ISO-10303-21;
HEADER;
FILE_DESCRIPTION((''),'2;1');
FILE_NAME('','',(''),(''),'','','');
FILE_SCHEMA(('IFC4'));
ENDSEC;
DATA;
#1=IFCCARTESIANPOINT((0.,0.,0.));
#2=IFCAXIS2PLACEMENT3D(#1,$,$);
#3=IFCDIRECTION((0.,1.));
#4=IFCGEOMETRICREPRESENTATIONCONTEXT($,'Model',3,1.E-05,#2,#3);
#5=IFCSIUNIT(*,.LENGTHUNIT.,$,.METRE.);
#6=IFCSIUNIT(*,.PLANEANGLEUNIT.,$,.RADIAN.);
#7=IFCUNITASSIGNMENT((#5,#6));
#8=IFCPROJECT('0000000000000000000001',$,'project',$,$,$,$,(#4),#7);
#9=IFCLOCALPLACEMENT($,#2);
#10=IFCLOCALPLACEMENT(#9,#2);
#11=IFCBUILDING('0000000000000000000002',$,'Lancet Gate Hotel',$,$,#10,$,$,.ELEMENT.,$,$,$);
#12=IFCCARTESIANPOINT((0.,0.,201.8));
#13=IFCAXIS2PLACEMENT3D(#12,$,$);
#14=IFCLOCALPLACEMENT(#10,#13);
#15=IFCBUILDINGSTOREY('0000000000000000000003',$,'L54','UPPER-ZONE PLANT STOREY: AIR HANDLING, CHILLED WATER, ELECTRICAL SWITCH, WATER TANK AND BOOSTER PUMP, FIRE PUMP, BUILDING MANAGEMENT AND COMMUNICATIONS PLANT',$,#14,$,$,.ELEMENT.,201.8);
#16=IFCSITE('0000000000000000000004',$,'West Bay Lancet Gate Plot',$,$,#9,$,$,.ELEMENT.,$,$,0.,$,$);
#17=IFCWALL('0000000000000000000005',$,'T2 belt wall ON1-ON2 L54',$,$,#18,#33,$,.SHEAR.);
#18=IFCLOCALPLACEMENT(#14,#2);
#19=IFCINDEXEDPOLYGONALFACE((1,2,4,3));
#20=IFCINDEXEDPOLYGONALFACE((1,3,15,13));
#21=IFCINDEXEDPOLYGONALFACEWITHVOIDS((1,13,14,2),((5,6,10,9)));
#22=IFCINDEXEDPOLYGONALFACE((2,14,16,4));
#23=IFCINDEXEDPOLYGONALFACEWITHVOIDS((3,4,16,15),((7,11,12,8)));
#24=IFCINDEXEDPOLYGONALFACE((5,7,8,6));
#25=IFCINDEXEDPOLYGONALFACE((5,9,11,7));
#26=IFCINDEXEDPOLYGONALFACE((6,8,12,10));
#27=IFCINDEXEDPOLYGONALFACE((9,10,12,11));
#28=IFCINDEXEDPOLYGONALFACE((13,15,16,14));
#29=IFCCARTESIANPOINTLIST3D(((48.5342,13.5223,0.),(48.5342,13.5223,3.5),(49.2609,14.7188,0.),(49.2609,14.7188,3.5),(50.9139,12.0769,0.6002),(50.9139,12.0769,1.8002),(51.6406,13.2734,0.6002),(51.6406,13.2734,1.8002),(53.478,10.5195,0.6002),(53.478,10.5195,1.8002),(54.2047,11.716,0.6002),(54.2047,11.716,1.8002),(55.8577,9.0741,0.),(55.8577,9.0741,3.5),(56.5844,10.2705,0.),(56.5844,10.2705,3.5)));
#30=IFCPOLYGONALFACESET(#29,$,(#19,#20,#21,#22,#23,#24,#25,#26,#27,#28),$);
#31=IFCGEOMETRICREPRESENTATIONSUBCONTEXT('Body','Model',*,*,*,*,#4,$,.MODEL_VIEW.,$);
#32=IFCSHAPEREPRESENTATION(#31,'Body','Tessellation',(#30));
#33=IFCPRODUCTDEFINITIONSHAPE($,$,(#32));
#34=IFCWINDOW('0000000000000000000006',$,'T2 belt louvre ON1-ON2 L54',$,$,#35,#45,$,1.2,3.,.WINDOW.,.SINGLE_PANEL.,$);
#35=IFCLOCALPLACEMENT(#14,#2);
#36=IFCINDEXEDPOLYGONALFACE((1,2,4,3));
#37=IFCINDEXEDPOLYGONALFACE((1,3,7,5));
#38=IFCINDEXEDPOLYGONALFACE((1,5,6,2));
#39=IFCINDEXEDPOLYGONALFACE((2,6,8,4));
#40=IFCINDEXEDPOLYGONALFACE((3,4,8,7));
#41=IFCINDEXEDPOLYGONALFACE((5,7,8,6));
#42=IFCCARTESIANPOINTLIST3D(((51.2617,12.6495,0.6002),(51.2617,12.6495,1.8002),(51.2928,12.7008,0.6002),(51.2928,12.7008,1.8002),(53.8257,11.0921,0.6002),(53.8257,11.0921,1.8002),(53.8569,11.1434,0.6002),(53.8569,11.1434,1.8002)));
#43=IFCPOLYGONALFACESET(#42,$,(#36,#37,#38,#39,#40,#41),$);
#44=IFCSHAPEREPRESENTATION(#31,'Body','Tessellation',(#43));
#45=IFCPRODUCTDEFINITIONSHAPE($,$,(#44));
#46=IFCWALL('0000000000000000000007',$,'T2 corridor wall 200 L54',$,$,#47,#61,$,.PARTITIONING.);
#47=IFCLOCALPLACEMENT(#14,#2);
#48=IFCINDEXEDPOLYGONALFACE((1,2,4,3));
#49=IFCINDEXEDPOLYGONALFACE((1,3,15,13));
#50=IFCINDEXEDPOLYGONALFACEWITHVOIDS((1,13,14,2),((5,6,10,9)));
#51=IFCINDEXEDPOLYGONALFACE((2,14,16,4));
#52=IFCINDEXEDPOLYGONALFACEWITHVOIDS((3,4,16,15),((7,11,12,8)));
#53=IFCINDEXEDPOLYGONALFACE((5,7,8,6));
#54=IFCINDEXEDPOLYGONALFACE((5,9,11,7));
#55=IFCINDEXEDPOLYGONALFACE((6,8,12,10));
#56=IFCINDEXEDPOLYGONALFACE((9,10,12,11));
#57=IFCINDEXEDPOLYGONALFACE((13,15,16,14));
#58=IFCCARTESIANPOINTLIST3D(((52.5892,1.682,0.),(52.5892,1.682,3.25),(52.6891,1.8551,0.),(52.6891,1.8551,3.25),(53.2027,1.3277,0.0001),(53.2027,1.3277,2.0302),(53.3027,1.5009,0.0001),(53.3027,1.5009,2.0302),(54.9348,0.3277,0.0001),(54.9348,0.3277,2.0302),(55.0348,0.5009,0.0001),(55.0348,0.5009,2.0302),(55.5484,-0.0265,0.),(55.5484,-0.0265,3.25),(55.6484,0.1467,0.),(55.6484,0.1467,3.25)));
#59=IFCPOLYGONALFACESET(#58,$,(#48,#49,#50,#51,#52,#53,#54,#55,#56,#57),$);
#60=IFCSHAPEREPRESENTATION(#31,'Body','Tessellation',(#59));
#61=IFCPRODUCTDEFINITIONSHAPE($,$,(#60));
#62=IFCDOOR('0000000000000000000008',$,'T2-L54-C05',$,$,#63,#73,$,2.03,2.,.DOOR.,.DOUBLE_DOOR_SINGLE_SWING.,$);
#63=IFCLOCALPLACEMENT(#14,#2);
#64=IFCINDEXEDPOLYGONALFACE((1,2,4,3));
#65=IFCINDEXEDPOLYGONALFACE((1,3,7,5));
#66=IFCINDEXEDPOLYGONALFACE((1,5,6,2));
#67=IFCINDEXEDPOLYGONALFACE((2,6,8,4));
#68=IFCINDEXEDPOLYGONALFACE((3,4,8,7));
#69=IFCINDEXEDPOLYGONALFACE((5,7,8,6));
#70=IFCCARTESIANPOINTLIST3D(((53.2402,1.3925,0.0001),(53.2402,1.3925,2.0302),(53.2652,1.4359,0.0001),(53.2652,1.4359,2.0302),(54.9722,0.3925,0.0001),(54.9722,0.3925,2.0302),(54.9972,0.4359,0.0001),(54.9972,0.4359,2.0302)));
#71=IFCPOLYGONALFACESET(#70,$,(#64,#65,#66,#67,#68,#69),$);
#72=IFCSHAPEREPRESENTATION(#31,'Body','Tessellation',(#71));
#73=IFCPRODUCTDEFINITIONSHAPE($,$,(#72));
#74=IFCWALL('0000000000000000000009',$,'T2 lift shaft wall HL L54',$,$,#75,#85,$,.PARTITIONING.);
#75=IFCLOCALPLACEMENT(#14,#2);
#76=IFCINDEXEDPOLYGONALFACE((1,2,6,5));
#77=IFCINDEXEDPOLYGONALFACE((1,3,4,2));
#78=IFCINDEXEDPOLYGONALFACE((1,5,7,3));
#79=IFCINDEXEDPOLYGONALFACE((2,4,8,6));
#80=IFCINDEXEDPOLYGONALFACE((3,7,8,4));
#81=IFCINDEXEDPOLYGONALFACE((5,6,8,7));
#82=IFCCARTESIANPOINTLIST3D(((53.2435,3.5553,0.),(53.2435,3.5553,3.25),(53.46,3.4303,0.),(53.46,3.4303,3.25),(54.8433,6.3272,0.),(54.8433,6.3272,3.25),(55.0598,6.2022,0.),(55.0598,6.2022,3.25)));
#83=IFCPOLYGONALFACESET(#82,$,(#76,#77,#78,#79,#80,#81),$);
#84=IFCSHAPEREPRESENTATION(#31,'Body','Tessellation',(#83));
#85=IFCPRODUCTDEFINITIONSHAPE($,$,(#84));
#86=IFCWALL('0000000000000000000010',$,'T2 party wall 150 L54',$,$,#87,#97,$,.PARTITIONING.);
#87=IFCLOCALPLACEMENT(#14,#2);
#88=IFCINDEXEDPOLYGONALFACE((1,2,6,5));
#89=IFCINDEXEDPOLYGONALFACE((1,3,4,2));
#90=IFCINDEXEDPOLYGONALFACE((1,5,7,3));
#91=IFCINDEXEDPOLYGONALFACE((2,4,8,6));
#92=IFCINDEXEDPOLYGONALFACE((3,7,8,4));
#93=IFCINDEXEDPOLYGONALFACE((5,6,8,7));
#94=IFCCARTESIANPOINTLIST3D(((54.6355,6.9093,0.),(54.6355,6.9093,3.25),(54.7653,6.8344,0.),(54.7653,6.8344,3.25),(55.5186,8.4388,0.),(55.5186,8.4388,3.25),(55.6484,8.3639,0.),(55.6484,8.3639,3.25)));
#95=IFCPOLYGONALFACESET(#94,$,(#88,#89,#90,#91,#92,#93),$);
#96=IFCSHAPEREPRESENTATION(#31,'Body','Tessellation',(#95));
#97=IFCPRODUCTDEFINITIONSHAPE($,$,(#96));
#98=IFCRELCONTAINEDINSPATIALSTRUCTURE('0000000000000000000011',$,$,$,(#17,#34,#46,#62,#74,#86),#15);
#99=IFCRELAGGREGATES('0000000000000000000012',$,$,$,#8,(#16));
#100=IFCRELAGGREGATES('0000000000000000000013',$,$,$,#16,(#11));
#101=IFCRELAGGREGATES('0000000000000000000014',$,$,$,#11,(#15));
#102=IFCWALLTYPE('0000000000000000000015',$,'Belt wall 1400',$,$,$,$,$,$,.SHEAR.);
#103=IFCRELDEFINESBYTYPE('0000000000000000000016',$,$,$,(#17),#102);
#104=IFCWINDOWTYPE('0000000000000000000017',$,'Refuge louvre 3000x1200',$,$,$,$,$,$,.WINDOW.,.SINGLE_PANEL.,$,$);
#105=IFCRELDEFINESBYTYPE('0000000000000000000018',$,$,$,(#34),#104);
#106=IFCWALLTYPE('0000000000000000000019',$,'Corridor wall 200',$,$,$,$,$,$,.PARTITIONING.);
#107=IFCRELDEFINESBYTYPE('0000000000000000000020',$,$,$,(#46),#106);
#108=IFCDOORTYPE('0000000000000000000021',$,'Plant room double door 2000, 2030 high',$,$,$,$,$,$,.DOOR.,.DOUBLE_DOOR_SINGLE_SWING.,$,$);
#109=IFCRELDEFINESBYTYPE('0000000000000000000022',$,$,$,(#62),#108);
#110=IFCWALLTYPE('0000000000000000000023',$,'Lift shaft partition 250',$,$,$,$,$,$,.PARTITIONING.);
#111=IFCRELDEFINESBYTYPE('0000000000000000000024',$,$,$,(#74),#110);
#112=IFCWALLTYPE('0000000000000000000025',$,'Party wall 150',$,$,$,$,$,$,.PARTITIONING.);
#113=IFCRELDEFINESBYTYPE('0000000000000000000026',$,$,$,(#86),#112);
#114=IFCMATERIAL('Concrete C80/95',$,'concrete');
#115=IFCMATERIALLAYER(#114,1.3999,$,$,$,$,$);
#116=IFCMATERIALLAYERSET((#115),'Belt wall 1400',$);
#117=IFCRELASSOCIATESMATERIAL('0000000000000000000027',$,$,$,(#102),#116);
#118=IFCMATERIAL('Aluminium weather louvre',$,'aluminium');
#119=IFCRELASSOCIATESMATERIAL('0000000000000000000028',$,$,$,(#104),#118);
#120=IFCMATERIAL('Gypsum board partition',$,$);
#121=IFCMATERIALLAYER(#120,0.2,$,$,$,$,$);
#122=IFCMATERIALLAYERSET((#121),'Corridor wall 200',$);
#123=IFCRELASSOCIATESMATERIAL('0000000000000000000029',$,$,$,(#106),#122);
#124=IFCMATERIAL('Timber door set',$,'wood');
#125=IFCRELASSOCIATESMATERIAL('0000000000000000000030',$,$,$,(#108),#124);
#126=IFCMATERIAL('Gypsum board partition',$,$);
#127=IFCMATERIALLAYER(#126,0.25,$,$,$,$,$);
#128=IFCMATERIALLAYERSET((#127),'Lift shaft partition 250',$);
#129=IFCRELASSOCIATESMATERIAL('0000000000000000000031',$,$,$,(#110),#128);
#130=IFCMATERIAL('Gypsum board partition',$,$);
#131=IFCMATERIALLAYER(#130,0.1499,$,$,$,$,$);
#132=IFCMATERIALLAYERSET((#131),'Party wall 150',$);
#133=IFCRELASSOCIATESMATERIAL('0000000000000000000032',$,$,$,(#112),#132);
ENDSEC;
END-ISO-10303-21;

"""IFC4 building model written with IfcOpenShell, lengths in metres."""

from ifc_helpers import new_model, si_unit, direction, frame, frame_2d, origin, place, context, subcontext, project, spatial, rectangle, extrude, material, layer, layer_set, type_object, element, fill, save


model = new_model("IFC4")

# Units and contexts
model_context = context("Model", 3, precision=1e-05, world=origin(), true_north=direction((0.0, 1.0)))
body_context = subcontext(model_context, "Body", "Model", "MODEL_VIEW")
ifc_project = project(units=[si_unit("LENGTHUNIT", "METRE"), si_unit("PLANEANGLEUNIT", "RADIAN")], contexts=[model_context])

# Site, building, storey
site_placement = place(None, origin())
site = spatial("IfcSite", under=ifc_project, at=site_placement, Name="West Bay Lancet Gate Plot", CompositionType="ELEMENT", RefElevation=0.0)
building_placement = place(site_placement, origin())
building = spatial("IfcBuilding", under=site, at=building_placement, Name="Lancet Gate Hotel", CompositionType="ELEMENT")
storey_placement = place(building_placement, frame((0.0, 0.0, 201.8)))
storey = spatial("IfcBuildingStorey", under=building, at=storey_placement, Name="L54", Description="UPPER-ZONE PLANT STOREY: AIR HANDLING, CHILLED WATER, ELECTRICAL SWITCH, WATER TANK AND BOOSTER PUMP, FIRE PUMP, BUILDING MANAGEMENT AND COMMUNICATIONS PLANT", CompositionType="ELEMENT", Elevation=201.8)

# Wall, opening, window
ifc_material_1 = material(Name="Concrete C80/95", Category="concrete")
ifc_layer_1 = layer(ifc_material_1, 1.3999)
ifc_layer_set_1 = layer_set([ifc_layer_1], Name="Belt wall 1400")
wall_type_1 = type_object("IfcWallType", Name="Belt wall 1400", PredefinedType="SHEAR", material=ifc_layer_set_1)
wall_1_placement = place(storey_placement, frame((56.2209, 9.6724, 0.0), z_axis=(0.0, 0.0, 1.0), x_axis=(-0.854692, 0.519135, 0.0)))
wall_1 = element("IfcWall", 1, at=wall_1_placement, inside=storey, type_object=wall_type_1, Name="T2 belt wall ON1-ON2 L54", PredefinedType="SHEAR", context=body_context, shape_type="SweptSolid", body=[
    extrude(rectangle(XDim=8.5686, YDim=1.3999, at=frame_2d((4.2842, 0.0))), origin(), (0.0, 0.0, 1.0), 3.5),
])
opening_1_placement = place(wall_1_placement, frame((2.7842, 0.0, 0.6001)))
opening_1 = element("IfcOpeningElement", 2, at=opening_1_placement, cuts=wall_1, PredefinedType="OPENING", context=body_context, shape_type="SweptSolid", body=[
    extrude(rectangle(XDim=3.0, YDim=1.2, at=frame_2d((1.5, 0.6001))), frame((0.0, 0.71, 0.0), z_axis=(0.0, -1.0, 0.0), x_axis=(1.0, 0.0, 0.0)), (0.0, 0.0, 1.0), 1.4199),
])
ifc_material_2 = material(Name="Aluminium weather louvre", Category="aluminium")
window_type = type_object("IfcWindowType", Name="Refuge louvre 3000x1200", PartitioningType="SINGLE_PANEL", PredefinedType="WINDOW", material=ifc_material_2)
window_placement = place(opening_1_placement, origin())
window = element("IfcWindow", 3, at=window_placement, inside=storey, type_object=window_type, Name="T2 belt louvre ON1-ON2 L54", OverallHeight=1.2, OverallWidth=3.0, PartitioningType="SINGLE_PANEL", PredefinedType="WINDOW", context=body_context, shape_type="SweptSolid", body=[
    extrude(rectangle(XDim=3.0, YDim=1.2, at=frame_2d((1.5, 0.6001))), frame((0.0, 0.03, 0.0), z_axis=(0.0, -1.0, 0.0), x_axis=(1.0, 0.0, 0.0)), (0.0, 0.0, 1.0), 0.0601),
])
fill(opening_1, window)

# Wall, opening, door
ifc_material_3 = material(Name="Gypsum board partition")
ifc_layer_2 = layer(ifc_material_3, 0.2)
ifc_layer_set_2 = layer_set([ifc_layer_2], Name="Corridor wall 200")
wall_type_2 = type_object("IfcWallType", Name="Corridor wall 200", PredefinedType="PARTITIONING", material=ifc_layer_set_2)
wall_2_placement = place(storey_placement, frame((52.6392, 1.7686, 0.0), z_axis=(0.0, 0.0, 1.0), x_axis=(0.866027, -0.499997, 0.0)))
wall_2 = element("IfcWall", 4, at=wall_2_placement, inside=storey, type_object=wall_type_2, Name="T2 corridor wall 200 L54", PredefinedType="PARTITIONING", context=body_context, shape_type="SweptSolid", body=[
    extrude(rectangle(XDim=3.417, YDim=0.2, at=frame_2d((1.7085, 0.0))), origin(), (0.0, 0.0, 1.0), 3.25),
])
opening_2_placement = place(wall_2_placement, frame((0.7085, 0.0, 0.0)))
opening_2 = element("IfcOpeningElement", 5, at=opening_2_placement, cuts=wall_2, PredefinedType="OPENING", context=body_context, shape_type="SweptSolid", body=[
    extrude(rectangle(XDim=2.0, YDim=2.03, at=frame_2d((1.0, 1.0151))), frame((0.0, 0.1099, 0.0), z_axis=(0.0, -1.0, 0.0), x_axis=(1.0, 0.0, 0.0)), (0.0, 0.0, 1.0), 0.22),
])
ifc_material_4 = material(Name="Timber door set", Category="wood")
door_type = type_object("IfcDoorType", Name="Plant room double door 2000, 2030 high", OperationType="DOUBLE_DOOR_SINGLE_SWING", PredefinedType="DOOR", material=ifc_material_4)
door_placement = place(opening_2_placement, origin())
door = element("IfcDoor", 6, at=door_placement, inside=storey, type_object=door_type, Name="T2-L54-C05", OperationType="DOUBLE_DOOR_SINGLE_SWING", OverallHeight=2.03, OverallWidth=2.0, PredefinedType="DOOR", context=body_context, shape_type="SweptSolid", body=[
    extrude(rectangle(XDim=2.0, YDim=2.03, at=frame_2d((1.0, 1.0151))), frame((0.0, 0.0249, 0.0), z_axis=(0.0, -1.0, 0.0), x_axis=(1.0, 0.0, 0.0)), (0.0, 0.0, 1.0), 0.05),
])
fill(opening_2, door)

# Walls
ifc_material_5 = material(Name="Gypsum board partition")
ifc_layer_3 = layer(ifc_material_5, 0.25)
ifc_layer_set_3 = layer_set([ifc_layer_3], Name="Lift shaft partition 250")
wall_type_3 = type_object("IfcWallType", Name="Lift shaft partition 250", PredefinedType="PARTITIONING", material=ifc_layer_set_3)
wall_3_placement = place(storey_placement, frame((53.3518, 3.4929, 0.0), z_axis=(0.0, 0.0, 1.0), x_axis=(0.499872, 0.866099, 0.0)))
element("IfcWall", 7, at=wall_3_placement, inside=storey, type_object=wall_type_3, Name="T2 lift shaft wall HL L54", PredefinedType="PARTITIONING", context=body_context, shape_type="SweptSolid", body=[
    extrude(rectangle(XDim=3.2004, YDim=0.25, at=frame_2d((1.6001, 0.0))), origin(), (0.0, 0.0, 1.0), 3.25),
])
ifc_material_6 = material(Name="Gypsum board partition")
ifc_layer_4 = layer(ifc_material_6, 0.1499)
ifc_layer_set_4 = layer_set([ifc_layer_4], Name="Party wall 150")
wall_type_4 = type_object("IfcWallType", Name="Party wall 150", PredefinedType="PARTITIONING", material=ifc_layer_set_4)
wall_4_placement = place(storey_placement, frame((54.7004, 6.8718, 0.0), z_axis=(0.0, 0.0, 1.0), x_axis=(0.49999, 0.866031, 0.0)))
element("IfcWall", 8, at=wall_4_placement, inside=storey, type_object=wall_type_4, Name="T2 party wall 150 L54", PredefinedType="PARTITIONING", context=body_context, shape_type="SweptSolid", body=[
    extrude(rectangle(XDim=1.7661, YDim=0.1499, at=frame_2d((0.8831, 0.0))), origin(), (0.0, 0.0, 1.0), 3.25),
])

save(model, "model.ifc")
